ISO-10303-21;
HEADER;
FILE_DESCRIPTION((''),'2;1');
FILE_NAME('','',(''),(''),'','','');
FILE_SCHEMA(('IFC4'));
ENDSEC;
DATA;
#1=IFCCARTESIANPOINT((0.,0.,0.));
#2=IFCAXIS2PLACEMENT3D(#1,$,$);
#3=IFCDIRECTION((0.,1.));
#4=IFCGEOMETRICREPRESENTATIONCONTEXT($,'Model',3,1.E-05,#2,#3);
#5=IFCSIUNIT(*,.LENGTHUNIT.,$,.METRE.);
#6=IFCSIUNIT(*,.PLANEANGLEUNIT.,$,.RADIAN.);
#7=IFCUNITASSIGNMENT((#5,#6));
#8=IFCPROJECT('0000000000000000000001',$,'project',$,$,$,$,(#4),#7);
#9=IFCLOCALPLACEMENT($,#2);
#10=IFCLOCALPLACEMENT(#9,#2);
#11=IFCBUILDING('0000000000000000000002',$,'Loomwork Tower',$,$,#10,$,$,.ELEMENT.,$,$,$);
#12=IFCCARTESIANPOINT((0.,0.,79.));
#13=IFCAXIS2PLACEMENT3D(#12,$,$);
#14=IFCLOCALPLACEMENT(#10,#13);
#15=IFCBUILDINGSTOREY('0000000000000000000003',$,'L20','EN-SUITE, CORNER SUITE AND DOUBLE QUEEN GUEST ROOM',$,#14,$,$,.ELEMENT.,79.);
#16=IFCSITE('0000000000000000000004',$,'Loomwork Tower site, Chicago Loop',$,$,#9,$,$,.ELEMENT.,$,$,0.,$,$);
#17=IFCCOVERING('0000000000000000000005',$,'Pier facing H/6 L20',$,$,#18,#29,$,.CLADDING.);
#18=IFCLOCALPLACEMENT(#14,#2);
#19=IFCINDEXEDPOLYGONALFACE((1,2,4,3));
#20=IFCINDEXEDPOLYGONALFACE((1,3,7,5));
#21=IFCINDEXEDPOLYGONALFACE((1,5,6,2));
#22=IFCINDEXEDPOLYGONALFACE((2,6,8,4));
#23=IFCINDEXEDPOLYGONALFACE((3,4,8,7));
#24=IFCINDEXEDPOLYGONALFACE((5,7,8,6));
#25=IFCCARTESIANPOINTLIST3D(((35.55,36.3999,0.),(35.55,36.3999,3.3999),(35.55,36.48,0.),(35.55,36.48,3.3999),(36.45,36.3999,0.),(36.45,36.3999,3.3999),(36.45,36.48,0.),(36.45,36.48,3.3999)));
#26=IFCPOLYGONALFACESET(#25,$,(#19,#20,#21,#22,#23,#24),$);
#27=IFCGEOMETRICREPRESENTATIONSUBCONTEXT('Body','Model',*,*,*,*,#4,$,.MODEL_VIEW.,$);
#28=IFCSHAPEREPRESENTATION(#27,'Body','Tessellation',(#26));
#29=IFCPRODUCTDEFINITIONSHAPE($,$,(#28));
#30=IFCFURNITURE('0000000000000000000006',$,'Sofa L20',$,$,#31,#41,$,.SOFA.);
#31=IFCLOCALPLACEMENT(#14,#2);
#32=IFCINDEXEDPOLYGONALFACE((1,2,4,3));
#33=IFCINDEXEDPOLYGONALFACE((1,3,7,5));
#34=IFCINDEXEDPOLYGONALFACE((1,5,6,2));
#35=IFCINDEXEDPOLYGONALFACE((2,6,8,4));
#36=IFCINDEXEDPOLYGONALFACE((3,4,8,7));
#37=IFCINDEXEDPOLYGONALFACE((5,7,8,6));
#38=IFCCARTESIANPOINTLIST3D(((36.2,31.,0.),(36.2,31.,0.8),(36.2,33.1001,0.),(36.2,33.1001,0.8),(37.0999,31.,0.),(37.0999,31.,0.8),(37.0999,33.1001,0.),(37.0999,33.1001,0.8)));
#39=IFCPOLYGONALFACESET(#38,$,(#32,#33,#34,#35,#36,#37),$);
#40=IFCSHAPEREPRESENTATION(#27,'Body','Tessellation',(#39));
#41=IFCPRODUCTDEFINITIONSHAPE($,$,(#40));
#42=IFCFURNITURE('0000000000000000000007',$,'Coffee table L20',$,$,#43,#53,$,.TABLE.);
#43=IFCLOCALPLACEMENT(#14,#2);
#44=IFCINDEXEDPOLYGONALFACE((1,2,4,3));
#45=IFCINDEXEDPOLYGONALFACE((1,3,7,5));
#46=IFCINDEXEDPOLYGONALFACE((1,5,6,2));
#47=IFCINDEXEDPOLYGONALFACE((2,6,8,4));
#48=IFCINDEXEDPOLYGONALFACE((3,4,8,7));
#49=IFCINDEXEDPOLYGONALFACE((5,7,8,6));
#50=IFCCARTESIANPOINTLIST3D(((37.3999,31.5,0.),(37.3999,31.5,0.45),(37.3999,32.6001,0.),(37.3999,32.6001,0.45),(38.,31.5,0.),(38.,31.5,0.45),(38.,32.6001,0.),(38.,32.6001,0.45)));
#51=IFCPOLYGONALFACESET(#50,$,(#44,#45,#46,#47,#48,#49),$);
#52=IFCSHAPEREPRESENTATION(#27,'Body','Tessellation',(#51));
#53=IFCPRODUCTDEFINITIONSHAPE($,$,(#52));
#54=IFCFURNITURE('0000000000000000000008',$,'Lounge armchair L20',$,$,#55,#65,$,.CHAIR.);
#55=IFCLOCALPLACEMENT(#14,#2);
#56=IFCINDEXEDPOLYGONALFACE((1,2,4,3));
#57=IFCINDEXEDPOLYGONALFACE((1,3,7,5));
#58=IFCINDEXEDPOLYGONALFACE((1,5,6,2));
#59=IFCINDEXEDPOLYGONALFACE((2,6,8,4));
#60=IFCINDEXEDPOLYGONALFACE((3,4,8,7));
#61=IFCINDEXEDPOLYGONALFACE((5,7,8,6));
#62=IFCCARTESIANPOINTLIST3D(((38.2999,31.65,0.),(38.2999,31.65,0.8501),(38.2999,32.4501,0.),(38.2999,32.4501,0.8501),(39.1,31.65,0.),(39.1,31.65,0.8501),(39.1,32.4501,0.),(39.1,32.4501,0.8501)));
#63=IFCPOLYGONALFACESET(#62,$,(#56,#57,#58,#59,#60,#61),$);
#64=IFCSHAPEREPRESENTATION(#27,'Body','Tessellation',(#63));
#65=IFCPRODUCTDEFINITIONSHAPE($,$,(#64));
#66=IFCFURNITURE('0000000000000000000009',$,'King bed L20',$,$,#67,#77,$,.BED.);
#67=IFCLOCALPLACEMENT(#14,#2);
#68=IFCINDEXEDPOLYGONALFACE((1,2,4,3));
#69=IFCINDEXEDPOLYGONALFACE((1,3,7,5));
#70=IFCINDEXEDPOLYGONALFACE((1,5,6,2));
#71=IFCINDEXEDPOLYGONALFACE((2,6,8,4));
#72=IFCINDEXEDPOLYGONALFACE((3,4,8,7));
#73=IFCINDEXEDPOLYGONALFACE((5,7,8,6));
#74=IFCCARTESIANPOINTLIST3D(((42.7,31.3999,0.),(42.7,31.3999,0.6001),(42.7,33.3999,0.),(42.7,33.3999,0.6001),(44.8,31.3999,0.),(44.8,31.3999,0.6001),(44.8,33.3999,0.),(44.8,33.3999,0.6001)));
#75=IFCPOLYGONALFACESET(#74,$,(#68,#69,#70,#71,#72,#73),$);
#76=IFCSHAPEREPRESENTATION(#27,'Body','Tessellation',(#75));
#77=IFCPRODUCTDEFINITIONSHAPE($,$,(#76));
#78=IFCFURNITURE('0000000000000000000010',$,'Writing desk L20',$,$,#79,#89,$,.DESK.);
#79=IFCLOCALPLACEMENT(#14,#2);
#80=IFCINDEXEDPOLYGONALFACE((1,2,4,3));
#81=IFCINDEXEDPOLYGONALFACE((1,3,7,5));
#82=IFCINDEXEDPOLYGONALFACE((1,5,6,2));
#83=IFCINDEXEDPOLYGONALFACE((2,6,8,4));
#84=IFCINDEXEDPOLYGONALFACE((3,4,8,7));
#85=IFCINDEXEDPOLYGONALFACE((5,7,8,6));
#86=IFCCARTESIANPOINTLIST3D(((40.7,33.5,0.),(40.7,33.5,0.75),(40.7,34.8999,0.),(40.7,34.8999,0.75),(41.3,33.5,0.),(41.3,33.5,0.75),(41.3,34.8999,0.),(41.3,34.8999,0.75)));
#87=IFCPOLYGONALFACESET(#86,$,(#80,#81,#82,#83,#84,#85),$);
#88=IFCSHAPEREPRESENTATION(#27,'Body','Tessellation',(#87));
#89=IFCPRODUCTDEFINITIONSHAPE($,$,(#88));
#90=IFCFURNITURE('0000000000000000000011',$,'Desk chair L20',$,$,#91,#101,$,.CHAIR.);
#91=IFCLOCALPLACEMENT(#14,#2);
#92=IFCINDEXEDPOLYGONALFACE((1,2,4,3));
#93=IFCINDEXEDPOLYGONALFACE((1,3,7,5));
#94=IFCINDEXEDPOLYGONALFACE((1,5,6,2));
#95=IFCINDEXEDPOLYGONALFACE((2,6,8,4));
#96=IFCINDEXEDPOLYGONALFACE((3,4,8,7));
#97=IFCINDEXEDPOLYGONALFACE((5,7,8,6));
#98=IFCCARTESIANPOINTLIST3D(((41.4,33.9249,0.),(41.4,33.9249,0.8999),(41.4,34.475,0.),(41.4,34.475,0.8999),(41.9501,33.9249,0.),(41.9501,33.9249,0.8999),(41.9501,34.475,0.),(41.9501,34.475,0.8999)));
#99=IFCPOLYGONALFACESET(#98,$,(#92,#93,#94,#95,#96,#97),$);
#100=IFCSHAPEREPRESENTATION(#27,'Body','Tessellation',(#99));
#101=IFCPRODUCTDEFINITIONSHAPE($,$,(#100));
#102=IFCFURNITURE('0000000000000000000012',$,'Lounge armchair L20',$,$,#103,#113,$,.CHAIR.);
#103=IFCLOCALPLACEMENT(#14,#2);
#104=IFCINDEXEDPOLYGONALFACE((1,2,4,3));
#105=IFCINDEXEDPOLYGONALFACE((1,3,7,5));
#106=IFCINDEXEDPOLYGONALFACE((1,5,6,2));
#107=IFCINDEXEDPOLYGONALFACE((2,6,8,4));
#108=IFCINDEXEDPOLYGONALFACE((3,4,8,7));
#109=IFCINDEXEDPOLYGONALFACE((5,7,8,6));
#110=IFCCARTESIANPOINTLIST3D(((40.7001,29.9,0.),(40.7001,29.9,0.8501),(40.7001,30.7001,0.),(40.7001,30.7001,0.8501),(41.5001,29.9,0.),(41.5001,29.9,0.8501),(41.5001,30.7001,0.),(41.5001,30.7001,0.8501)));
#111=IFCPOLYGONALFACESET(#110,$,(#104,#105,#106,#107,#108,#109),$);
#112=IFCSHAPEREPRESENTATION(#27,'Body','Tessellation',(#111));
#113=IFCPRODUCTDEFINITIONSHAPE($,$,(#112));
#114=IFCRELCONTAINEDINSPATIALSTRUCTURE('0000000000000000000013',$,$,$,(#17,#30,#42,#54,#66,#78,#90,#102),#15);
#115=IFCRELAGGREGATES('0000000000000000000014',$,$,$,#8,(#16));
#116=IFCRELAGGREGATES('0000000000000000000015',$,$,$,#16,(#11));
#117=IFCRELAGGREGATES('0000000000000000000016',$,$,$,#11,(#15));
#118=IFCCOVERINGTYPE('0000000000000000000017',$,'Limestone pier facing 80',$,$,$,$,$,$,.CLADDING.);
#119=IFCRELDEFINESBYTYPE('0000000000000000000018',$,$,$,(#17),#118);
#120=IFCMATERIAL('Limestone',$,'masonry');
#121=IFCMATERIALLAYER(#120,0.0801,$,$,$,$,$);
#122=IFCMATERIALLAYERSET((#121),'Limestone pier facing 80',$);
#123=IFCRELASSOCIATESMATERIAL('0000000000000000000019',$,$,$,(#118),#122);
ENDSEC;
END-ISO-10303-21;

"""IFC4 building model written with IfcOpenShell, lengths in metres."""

from ifc_helpers import new_model, si_unit, direction, frame, origin, origin_2d, place, context, subcontext, project, spatial, rectangle, extrude, material, layer, layer_set, type_object, element, save


model = new_model("IFC4")

# Units and contexts
model_context = context("Model", 3, precision=1e-05, world=origin(), true_north=direction((0.0, 1.0)))
body_context = subcontext(model_context, "Body", "Model", "MODEL_VIEW")
ifc_project = project(units=[si_unit("LENGTHUNIT", "METRE"), si_unit("PLANEANGLEUNIT", "RADIAN")], contexts=[model_context])

# Site, building, storey
site_placement = place(None, origin())
site = spatial("IfcSite", under=ifc_project, at=site_placement, Name="Loomwork Tower site, Chicago Loop", CompositionType="ELEMENT", RefElevation=0.0)
building_placement = place(site_placement, origin())
building = spatial("IfcBuilding", under=site, at=building_placement, Name="Loomwork Tower", CompositionType="ELEMENT")
storey_placement = place(building_placement, frame((0.0, 0.0, 79.0)))
storey = spatial("IfcBuildingStorey", under=building, at=storey_placement, Name="L20", Description="EN-SUITE, CORNER SUITE AND DOUBLE QUEEN GUEST ROOM", CompositionType="ELEMENT", Elevation=79.0)

# Covering
ifc_material_1 = material(Name="Limestone", Category="masonry")
ifc_layer_1 = layer(ifc_material_1, 0.0801)
ifc_layer_set_1 = layer_set([ifc_layer_1], Name="Limestone pier facing 80")
covering_type = type_object("IfcCoveringType", Name="Limestone pier facing 80", PredefinedType="CLADDING", material=ifc_layer_set_1)
covering_placement = place(storey_placement, frame((36.0, 36.4399, 0.0), z_axis=(0.0, 0.0, 1.0), x_axis=(1.0, 0.0, 0.0)))
element("IfcCovering", 1, at=covering_placement, inside=storey, type_object=covering_type, Name="Pier facing H/6 L20", PredefinedType="CLADDING", context=body_context, shape_type="SweptSolid", body=[
    extrude(rectangle(XDim=0.8999, YDim=0.0801, at=origin_2d()), origin(), (0.0, 0.0, 1.0), 3.3999),
])

# Furniture
furniture_1_placement = place(storey_placement, frame((36.6499, 32.05, 0.0), z_axis=(0.0, 0.0, 1.0), x_axis=(1.0, 0.0, 0.0)))
element("IfcFurniture", 2, at=furniture_1_placement, inside=storey, Name="Sofa L20", PredefinedType="SOFA", context=body_context, shape_type="SweptSolid", body=[
    extrude(rectangle(XDim=0.8999, YDim=2.1001, at=origin_2d()), origin(), (0.0, 0.0, 1.0), 0.8),
])
furniture_2_placement = place(storey_placement, frame((37.7, 32.05, 0.0), z_axis=(0.0, 0.0, 1.0), x_axis=(1.0, 0.0, 0.0)))
element("IfcFurniture", 3, at=furniture_2_placement, inside=storey, Name="Coffee table L20", PredefinedType="TABLE", context=body_context, shape_type="SweptSolid", body=[
    extrude(rectangle(XDim=0.6001, YDim=1.1001, at=origin_2d()), origin(), (0.0, 0.0, 1.0), 0.45),
])
furniture_3_placement = place(storey_placement, frame((38.7, 32.05, 0.0), z_axis=(0.0, 0.0, 1.0), x_axis=(1.0, 0.0, 0.0)))
element("IfcFurniture", 4, at=furniture_3_placement, inside=storey, Name="Lounge armchair L20", PredefinedType="CHAIR", context=body_context, shape_type="SweptSolid", body=[
    extrude(rectangle(XDim=0.8, YDim=0.8, at=origin_2d()), origin(), (0.0, 0.0, 1.0), 0.8501),
])
furniture_4_placement = place(storey_placement, frame((43.75, 32.3999, 0.0), z_axis=(0.0, 0.0, 1.0), x_axis=(1.0, 0.0, 0.0)))
element("IfcFurniture", 5, at=furniture_4_placement, inside=storey, Name="King bed L20", PredefinedType="BED", context=body_context, shape_type="SweptSolid", body=[
    extrude(rectangle(XDim=2.1001, YDim=2.0, at=origin_2d()), origin(), (0.0, 0.0, 1.0), 0.6001),
])
furniture_5_placement = place(storey_placement, frame((41.0, 34.2, 0.0), z_axis=(0.0, 0.0, 1.0), x_axis=(1.0, 0.0, 0.0)))
element("IfcFurniture", 6, at=furniture_5_placement, inside=storey, Name="Writing desk L20", PredefinedType="DESK", context=body_context, shape_type="SweptSolid", body=[
    extrude(rectangle(XDim=0.6001, YDim=1.3999, at=origin_2d()), origin(), (0.0, 0.0, 1.0), 0.75),
])
furniture_6_placement = place(storey_placement, frame((41.675, 34.2, 0.0), z_axis=(0.0, 0.0, 1.0), x_axis=(1.0, 0.0, 0.0)))
element("IfcFurniture", 7, at=furniture_6_placement, inside=storey, Name="Desk chair L20", PredefinedType="CHAIR", context=body_context, shape_type="SweptSolid", body=[
    extrude(rectangle(XDim=0.55, YDim=0.55, at=origin_2d()), origin(), (0.0, 0.0, 1.0), 0.8999),
])
furniture_7_placement = place(storey_placement, frame((41.1001, 30.3, 0.0), z_axis=(0.0, 0.0, 1.0), x_axis=(1.0, 0.0, 0.0)))
element("IfcFurniture", 8, at=furniture_7_placement, inside=storey, Name="Lounge armchair L20", PredefinedType="CHAIR", context=body_context, shape_type="SweptSolid", body=[
    extrude(rectangle(XDim=0.8, YDim=0.8, at=origin_2d()), origin(), (0.0, 0.0, 1.0), 0.8501),
])

save(model, "model.ifc")
